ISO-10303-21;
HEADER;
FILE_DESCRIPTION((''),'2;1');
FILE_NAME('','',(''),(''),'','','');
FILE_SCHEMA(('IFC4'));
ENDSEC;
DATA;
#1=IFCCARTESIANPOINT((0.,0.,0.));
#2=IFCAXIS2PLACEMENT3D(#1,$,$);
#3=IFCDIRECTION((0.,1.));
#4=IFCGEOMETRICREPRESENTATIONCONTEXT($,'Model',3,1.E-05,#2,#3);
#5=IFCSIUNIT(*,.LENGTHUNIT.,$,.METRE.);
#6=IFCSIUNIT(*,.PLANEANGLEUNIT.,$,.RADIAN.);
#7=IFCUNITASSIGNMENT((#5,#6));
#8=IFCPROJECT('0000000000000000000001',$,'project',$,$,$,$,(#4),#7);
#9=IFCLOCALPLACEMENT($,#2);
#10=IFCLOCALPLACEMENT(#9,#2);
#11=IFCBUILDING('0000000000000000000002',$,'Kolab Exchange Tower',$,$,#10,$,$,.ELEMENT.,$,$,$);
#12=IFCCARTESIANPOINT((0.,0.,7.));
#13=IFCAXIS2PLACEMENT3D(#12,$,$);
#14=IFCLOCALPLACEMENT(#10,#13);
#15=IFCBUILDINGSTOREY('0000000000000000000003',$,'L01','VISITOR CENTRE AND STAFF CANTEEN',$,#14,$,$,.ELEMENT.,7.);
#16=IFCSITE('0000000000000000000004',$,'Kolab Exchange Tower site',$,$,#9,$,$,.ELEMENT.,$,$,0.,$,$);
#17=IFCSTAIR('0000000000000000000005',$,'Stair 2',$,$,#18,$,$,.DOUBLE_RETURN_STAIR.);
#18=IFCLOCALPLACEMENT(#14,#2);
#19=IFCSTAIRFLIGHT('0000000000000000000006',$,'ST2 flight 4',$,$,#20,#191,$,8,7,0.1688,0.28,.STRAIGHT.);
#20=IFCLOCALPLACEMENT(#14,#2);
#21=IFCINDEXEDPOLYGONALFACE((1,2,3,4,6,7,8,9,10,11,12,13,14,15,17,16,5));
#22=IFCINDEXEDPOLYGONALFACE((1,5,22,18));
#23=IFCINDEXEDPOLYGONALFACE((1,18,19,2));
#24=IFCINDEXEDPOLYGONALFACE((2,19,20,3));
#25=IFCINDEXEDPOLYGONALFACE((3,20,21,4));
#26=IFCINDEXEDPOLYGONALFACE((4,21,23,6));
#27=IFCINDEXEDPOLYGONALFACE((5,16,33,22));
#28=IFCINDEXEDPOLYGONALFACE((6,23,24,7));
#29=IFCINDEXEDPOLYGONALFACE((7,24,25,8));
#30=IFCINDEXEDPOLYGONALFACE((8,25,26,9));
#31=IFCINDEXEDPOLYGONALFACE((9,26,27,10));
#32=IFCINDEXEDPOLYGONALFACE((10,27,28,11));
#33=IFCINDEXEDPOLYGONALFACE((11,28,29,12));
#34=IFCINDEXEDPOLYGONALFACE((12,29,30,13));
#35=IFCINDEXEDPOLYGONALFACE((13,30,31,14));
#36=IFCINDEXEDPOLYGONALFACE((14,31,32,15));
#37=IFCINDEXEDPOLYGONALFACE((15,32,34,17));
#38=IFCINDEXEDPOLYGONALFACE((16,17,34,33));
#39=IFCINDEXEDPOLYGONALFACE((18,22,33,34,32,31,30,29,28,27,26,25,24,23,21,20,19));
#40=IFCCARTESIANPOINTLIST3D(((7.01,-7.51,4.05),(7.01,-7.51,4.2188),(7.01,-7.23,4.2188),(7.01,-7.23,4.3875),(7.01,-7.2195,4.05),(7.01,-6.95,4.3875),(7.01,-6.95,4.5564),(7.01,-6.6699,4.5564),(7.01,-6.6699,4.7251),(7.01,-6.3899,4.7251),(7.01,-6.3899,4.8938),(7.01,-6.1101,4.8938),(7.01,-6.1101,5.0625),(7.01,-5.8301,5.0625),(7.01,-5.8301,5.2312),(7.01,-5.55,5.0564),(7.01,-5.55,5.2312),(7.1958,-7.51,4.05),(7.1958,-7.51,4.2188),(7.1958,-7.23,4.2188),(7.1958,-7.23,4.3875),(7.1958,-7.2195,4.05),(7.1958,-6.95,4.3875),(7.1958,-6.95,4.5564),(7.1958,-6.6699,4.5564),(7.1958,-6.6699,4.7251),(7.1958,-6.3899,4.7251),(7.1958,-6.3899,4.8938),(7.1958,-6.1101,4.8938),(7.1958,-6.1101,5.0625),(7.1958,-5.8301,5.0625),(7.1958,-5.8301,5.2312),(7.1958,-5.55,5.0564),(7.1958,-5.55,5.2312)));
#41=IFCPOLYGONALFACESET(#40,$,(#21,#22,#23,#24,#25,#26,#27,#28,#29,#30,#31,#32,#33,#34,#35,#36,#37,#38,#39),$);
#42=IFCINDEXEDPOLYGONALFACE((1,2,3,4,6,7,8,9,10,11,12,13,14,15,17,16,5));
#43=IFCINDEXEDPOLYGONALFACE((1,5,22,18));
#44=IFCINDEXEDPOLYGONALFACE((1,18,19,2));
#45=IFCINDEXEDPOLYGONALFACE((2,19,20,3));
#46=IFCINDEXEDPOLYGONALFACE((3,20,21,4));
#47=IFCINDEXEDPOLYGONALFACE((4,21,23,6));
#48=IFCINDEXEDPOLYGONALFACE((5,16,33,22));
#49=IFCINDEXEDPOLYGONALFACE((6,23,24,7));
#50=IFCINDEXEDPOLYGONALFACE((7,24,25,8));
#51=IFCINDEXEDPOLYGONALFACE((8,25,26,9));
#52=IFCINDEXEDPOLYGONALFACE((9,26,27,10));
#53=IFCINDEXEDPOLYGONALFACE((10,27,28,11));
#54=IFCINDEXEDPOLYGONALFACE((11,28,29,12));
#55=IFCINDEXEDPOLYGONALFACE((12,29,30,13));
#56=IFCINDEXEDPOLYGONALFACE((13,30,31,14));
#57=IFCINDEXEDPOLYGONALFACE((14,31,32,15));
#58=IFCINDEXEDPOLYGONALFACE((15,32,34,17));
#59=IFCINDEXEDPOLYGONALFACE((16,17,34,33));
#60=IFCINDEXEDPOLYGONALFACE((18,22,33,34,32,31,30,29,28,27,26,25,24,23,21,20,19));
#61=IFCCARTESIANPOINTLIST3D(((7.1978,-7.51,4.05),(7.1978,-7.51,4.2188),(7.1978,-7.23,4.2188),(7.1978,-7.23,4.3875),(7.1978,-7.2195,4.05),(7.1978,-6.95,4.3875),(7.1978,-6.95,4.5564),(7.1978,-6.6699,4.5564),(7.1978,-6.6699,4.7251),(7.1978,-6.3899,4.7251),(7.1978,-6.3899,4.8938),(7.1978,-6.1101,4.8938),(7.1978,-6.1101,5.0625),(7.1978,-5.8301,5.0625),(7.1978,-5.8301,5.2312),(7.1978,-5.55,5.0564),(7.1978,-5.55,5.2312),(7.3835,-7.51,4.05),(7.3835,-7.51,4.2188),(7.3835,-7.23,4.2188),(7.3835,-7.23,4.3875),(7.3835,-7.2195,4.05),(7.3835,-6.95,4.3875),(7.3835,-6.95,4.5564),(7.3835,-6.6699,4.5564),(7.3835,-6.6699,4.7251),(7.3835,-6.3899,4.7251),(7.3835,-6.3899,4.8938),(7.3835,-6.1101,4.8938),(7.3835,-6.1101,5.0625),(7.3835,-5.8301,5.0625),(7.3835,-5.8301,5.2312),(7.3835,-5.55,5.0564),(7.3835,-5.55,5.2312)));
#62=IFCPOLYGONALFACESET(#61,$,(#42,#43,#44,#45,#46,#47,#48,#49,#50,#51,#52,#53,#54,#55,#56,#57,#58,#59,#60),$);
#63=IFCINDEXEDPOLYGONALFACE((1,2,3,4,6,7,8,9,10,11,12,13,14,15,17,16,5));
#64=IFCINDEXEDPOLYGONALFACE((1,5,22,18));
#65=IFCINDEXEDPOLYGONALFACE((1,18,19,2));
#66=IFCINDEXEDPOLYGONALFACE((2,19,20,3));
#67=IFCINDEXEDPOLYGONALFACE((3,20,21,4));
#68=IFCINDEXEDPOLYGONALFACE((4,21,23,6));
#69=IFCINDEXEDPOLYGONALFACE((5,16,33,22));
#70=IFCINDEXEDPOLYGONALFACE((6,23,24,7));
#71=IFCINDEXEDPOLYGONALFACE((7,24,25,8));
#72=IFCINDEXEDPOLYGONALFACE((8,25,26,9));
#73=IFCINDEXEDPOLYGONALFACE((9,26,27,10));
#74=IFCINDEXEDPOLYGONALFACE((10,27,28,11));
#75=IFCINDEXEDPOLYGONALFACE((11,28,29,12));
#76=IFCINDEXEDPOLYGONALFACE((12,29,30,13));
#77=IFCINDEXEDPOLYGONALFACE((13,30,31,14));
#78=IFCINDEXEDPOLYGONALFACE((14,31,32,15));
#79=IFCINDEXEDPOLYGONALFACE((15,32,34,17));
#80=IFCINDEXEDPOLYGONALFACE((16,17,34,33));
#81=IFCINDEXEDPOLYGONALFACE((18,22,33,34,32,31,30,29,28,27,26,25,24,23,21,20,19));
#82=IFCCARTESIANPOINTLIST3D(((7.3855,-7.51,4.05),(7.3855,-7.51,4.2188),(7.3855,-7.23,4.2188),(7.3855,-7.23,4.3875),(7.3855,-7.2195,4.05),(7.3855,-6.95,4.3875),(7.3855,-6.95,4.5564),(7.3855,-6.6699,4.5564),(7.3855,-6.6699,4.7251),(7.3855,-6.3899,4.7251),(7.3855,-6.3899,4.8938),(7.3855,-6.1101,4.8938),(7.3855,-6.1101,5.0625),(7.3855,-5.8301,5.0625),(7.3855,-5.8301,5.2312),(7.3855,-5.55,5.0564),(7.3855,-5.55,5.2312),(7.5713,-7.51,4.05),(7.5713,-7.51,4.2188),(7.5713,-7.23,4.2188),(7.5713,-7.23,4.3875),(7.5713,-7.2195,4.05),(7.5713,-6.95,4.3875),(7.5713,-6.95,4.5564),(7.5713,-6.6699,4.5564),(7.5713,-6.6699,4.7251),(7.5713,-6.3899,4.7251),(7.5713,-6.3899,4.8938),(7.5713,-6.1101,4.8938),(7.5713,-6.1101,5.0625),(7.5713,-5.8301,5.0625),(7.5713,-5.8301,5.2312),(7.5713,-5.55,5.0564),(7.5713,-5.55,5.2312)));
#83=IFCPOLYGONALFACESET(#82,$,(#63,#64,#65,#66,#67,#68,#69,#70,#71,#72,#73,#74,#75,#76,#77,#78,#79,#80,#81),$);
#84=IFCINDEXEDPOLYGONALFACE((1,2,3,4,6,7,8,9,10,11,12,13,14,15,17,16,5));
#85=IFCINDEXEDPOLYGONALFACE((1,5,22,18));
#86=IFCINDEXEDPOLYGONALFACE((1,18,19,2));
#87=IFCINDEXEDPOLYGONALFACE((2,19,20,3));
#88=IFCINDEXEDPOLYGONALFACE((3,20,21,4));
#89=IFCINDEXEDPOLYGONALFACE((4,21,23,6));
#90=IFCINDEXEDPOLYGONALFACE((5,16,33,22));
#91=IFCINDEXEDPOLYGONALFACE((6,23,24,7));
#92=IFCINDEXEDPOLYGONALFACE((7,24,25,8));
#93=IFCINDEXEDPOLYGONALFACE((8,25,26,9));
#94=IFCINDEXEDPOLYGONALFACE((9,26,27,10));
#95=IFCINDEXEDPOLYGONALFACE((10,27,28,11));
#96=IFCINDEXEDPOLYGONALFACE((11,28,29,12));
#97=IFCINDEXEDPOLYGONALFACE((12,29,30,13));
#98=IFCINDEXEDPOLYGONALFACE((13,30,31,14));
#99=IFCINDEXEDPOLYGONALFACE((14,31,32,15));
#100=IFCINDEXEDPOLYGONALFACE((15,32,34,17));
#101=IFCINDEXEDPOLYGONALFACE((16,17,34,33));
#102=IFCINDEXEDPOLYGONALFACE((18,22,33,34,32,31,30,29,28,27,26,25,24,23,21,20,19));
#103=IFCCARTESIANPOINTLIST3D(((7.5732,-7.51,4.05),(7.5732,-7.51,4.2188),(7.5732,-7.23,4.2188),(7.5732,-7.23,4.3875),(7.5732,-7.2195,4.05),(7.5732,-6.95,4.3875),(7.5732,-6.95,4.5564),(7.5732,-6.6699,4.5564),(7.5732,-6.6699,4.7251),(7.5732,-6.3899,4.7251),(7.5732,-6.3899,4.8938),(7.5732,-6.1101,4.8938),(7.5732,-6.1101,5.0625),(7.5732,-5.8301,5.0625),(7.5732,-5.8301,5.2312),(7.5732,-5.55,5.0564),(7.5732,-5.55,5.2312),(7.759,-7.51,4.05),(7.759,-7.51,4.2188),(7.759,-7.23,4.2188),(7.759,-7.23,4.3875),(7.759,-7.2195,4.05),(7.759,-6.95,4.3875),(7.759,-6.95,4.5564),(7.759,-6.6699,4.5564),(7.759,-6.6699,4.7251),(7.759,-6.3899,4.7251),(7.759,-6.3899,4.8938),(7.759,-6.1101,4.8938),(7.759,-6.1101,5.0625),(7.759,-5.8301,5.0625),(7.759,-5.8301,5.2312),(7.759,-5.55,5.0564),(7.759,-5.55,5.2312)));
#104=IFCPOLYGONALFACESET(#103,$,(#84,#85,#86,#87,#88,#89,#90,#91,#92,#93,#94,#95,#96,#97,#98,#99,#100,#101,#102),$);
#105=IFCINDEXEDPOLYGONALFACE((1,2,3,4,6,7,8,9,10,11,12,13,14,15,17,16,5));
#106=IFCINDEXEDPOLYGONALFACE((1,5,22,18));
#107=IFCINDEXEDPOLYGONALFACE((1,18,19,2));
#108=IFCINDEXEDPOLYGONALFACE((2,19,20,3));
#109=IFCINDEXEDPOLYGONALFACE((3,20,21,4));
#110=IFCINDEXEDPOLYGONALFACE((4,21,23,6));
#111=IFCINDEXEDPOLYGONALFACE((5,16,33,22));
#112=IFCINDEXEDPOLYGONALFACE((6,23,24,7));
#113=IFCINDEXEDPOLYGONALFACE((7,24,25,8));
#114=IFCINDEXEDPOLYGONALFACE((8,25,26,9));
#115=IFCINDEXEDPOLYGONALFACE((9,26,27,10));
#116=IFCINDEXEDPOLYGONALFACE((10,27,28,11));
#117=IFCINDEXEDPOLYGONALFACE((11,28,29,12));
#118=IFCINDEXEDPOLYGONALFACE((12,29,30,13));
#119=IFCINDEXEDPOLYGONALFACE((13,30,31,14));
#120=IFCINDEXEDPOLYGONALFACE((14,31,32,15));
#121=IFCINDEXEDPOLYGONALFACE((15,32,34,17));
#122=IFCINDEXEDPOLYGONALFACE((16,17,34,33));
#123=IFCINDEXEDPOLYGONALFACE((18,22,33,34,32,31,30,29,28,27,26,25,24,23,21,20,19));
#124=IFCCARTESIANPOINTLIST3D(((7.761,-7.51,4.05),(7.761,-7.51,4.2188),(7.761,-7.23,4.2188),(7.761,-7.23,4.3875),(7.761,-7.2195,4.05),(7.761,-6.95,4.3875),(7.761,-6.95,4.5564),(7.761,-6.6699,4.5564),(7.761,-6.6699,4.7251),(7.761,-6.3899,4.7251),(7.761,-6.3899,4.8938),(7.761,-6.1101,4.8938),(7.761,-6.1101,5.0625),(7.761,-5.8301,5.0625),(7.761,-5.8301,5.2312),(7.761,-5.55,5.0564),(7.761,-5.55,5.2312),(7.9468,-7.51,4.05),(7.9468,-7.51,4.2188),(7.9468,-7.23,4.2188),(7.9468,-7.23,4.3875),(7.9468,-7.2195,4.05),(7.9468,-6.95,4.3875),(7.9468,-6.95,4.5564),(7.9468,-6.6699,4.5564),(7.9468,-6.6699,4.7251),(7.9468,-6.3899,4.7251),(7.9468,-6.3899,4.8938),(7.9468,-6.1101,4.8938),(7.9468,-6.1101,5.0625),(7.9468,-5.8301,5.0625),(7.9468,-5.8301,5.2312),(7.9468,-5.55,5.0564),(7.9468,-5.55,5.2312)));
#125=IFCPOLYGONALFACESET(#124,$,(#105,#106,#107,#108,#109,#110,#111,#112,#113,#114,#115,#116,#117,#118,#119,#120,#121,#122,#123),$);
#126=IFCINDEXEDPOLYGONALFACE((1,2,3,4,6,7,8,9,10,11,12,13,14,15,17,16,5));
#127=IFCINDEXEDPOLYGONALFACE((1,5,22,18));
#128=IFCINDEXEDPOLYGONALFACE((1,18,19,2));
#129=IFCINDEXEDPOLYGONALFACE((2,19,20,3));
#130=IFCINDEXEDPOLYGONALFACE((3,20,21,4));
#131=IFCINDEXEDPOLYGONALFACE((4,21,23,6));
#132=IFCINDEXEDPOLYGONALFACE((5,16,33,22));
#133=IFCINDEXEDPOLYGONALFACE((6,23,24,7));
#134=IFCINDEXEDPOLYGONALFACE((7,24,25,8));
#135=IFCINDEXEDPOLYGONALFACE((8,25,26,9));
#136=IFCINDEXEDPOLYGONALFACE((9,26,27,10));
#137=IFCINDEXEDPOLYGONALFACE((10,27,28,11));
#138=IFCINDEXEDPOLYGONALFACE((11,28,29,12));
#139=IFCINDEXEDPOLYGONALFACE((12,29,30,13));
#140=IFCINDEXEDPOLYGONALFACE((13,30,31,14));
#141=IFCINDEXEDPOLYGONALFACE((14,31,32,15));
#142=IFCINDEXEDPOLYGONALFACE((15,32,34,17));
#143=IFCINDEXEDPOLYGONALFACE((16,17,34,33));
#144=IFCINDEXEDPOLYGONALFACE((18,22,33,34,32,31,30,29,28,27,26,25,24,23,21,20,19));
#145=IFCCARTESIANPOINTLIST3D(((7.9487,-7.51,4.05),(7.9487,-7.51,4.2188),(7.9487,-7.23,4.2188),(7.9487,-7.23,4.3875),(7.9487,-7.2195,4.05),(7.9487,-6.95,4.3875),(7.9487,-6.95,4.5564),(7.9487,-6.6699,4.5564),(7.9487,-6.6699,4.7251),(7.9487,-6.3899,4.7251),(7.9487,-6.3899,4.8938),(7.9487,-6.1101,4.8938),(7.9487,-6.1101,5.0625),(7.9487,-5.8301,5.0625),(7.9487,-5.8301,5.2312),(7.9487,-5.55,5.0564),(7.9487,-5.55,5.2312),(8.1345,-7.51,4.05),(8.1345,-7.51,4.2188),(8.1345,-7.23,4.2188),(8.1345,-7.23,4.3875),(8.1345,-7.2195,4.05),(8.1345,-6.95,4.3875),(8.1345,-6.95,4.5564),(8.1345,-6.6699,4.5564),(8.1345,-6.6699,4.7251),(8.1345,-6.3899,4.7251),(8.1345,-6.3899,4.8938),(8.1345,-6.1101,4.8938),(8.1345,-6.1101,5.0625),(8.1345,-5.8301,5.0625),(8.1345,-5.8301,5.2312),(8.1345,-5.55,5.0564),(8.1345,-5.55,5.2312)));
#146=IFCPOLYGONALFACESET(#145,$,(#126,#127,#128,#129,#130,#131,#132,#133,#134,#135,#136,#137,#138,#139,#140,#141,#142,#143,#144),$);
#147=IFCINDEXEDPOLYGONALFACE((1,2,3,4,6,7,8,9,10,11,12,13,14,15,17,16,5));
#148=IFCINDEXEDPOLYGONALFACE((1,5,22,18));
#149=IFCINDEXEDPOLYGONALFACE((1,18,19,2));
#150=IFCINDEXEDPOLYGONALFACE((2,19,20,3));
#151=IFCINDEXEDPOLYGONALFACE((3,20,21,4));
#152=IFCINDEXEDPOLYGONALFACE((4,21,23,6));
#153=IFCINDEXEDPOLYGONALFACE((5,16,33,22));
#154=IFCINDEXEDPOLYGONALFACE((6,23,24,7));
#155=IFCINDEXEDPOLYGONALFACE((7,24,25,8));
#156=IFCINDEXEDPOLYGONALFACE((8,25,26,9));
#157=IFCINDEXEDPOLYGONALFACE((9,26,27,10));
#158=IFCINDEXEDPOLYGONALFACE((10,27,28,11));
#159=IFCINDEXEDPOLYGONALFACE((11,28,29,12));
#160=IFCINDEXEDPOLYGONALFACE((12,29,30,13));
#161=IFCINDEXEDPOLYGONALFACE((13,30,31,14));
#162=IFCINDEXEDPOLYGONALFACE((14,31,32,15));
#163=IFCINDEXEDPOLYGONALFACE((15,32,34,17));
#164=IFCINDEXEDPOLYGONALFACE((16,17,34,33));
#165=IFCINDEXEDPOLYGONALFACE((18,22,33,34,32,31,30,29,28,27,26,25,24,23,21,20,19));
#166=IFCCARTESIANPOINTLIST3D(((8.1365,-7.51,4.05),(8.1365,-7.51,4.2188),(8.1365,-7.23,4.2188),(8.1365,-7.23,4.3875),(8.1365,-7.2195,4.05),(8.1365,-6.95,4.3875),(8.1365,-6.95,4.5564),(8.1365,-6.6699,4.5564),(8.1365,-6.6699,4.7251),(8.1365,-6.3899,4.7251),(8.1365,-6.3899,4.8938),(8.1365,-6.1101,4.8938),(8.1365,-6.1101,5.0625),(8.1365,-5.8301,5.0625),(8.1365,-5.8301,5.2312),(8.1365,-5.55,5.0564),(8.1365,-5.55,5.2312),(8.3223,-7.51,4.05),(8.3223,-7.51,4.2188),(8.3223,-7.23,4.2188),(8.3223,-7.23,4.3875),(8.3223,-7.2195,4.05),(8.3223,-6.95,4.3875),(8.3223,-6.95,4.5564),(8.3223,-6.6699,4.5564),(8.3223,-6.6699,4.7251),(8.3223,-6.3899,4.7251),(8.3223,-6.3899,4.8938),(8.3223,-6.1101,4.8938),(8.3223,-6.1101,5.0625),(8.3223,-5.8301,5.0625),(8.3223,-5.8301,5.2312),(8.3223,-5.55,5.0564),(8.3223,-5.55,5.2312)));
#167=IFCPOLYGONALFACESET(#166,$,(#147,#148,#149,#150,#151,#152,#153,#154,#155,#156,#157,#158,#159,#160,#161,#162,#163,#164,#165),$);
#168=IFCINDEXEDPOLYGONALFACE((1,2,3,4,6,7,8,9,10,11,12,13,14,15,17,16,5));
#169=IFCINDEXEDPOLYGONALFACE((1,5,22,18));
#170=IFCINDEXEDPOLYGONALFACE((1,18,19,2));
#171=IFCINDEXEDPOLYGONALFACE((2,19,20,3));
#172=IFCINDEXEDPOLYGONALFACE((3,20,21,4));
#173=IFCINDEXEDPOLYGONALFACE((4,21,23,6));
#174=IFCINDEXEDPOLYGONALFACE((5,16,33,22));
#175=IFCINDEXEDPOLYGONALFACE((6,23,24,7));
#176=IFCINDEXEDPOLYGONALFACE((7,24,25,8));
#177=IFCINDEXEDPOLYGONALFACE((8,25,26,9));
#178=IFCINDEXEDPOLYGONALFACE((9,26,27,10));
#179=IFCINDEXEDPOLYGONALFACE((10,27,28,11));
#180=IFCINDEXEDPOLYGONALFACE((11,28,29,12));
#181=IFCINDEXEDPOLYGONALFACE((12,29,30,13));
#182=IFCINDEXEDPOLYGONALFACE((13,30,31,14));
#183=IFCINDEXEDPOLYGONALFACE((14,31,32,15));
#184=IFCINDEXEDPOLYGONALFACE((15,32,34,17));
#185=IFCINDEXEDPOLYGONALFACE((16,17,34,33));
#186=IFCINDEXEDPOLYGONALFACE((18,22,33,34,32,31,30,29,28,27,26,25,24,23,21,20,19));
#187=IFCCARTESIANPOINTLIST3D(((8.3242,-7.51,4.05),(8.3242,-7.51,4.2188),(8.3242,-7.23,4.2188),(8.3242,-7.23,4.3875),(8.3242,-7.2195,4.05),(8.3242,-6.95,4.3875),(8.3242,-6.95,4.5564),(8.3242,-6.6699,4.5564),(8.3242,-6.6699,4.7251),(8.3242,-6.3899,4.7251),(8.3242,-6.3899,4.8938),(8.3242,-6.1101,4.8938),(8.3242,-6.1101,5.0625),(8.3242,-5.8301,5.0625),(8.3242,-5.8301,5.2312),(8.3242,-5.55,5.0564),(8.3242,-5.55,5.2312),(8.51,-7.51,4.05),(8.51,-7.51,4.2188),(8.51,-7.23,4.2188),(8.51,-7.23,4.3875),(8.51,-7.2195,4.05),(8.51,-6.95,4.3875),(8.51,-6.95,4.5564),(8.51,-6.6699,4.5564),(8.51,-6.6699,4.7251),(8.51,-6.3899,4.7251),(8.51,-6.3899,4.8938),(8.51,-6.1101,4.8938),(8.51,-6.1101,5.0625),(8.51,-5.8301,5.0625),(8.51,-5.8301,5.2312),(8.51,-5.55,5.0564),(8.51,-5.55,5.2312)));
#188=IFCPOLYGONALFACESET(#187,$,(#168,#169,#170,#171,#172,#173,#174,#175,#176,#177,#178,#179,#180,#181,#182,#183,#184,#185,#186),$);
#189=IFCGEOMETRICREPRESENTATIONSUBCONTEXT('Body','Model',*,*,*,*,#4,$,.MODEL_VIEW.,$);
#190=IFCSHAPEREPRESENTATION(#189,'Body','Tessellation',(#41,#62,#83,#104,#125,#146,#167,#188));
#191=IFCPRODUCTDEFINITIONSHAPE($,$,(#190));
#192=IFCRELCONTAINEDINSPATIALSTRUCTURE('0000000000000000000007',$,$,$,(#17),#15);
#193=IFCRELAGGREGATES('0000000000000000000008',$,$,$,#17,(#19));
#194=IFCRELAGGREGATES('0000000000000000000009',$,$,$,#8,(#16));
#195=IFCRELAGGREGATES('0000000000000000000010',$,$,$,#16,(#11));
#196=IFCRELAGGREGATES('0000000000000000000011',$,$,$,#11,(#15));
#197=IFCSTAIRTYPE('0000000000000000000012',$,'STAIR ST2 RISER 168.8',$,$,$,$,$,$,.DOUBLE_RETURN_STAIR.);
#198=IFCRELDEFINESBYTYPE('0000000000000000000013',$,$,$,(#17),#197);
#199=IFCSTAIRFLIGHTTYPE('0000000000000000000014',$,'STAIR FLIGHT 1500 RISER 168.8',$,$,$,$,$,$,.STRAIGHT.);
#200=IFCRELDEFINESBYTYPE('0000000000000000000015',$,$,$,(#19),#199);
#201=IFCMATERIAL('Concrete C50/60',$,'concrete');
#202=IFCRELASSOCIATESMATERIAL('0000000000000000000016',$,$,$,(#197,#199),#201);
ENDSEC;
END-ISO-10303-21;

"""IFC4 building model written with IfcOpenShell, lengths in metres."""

from ifc_helpers import new_model, si_unit, direction, frame, origin, place, context, subcontext, project, spatial, polyline, outline, extrude, material, type_object, element, aggregate, save


model = new_model("IFC4")

# Units and contexts
model_context = context("Model", 3, precision=1e-05, world=origin(), true_north=direction((0.0, 1.0)))
body_context = subcontext(model_context, "Body", "Model", "MODEL_VIEW")
ifc_project = project(units=[si_unit("LENGTHUNIT", "METRE"), si_unit("PLANEANGLEUNIT", "RADIAN")], contexts=[model_context])

# Site, building, storey
site_placement = place(None, origin())
site = spatial("IfcSite", under=ifc_project, at=site_placement, Name="Kolab Exchange Tower site", CompositionType="ELEMENT", RefElevation=0.0)
building_placement = place(site_placement, origin())
building = spatial("IfcBuilding", under=site, at=building_placement, Name="Kolab Exchange Tower", CompositionType="ELEMENT")
storey_placement = place(building_placement, frame((0.0, 0.0, 7.0)))
storey = spatial("IfcBuildingStorey", under=building, at=storey_placement, Name="L01", Description="VISITOR CENTRE AND STAFF CANTEEN", CompositionType="ELEMENT", Elevation=7.0)

# Shared definitions
ifc_material_1 = material(Name="Concrete C50/60", Category="concrete")

# Stair, stair flight
stair_type = type_object("IfcStairType", Name="STAIR ST2 RISER 168.8", PredefinedType="DOUBLE_RETURN_STAIR", material=ifc_material_1)
stair_placement = place(storey_placement, origin())
stair = element("IfcStair", 1, at=stair_placement, inside=storey, type_object=stair_type, Name="Stair 2", PredefinedType="DOUBLE_RETURN_STAIR")
stair_flight_type = type_object("IfcStairFlightType", Name="STAIR FLIGHT 1500 RISER 168.8", PredefinedType="STRAIGHT", material=ifc_material_1)
stair_flight_1_placement = place(storey_placement, frame((7.76, -7.51, 4.05), z_axis=(0.0, 0.0, 1.0), x_axis=(0.0, 1.0, 0.0)))
stair_flight_1 = element("IfcStairFlight", 2, at=stair_flight_1_placement, type_object=stair_flight_type, Name="ST2 flight 4", NumberOfRisers=8, NumberOfTreads=7, PredefinedType="STRAIGHT", RiserHeight=0.1688, TreadLength=0.28, context=body_context, shape_type="SweptSolid", body=[
    extrude(outline(polyline([(0.0, 0.0), (0.0, 0.1687), (0.28, 0.1687), (0.28, 0.3374), (0.5601, 0.3374), (0.5601, 0.5063), (0.8401, 0.5063), (0.8401, 0.675), (1.1201, 0.675), (1.1201, 0.8438), (1.3999, 0.8438), (1.3999, 1.0125), (1.6799, 1.0125), (1.6799, 1.1812), (1.96, 1.1812), (1.96, 1.3501), (1.96, 1.0063), (0.2905, 0.0), (0.0, 0.0)])), frame((0.0, 0.75, 0.0), z_axis=(0.0, -1.0, 0.0), x_axis=(1.0, 0.0, 0.0)), (0.0, 0.0, 1.0), 0.1858),
    extrude(outline(polyline([(0.0, 0.0), (0.0, 0.1687), (0.28, 0.1687), (0.28, 0.3374), (0.5601, 0.3374), (0.5601, 0.5063), (0.8401, 0.5063), (0.8401, 0.675), (1.1201, 0.675), (1.1201, 0.8438), (1.3999, 0.8438), (1.3999, 1.0125), (1.6799, 1.0125), (1.6799, 1.1812), (1.96, 1.1812), (1.96, 1.3501), (1.96, 1.0063), (0.2905, 0.0), (0.0, 0.0)])), frame((0.0, 0.5623, 0.0), z_axis=(0.0, -1.0, 0.0), x_axis=(1.0, 0.0, 0.0)), (0.0, 0.0, 1.0), 0.1858),
    extrude(outline(polyline([(0.0, 0.0), (0.0, 0.1687), (0.28, 0.1687), (0.28, 0.3374), (0.5601, 0.3374), (0.5601, 0.5063), (0.8401, 0.5063), (0.8401, 0.675), (1.1201, 0.675), (1.1201, 0.8438), (1.3999, 0.8438), (1.3999, 1.0125), (1.6799, 1.0125), (1.6799, 1.1812), (1.96, 1.1812), (1.96, 1.3501), (1.96, 1.0063), (0.2905, 0.0), (0.0, 0.0)])), frame((0.0, 0.3745, 0.0), z_axis=(0.0, -1.0, 0.0), x_axis=(1.0, 0.0, 0.0)), (0.0, 0.0, 1.0), 0.1858),
    extrude(outline(polyline([(0.0, 0.0), (0.0, 0.1687), (0.28, 0.1687), (0.28, 0.3374), (0.5601, 0.3374), (0.5601, 0.5063), (0.8401, 0.5063), (0.8401, 0.675), (1.1201, 0.675), (1.1201, 0.8438), (1.3999, 0.8438), (1.3999, 1.0125), (1.6799, 1.0125), (1.6799, 1.1812), (1.96, 1.1812), (1.96, 1.3501), (1.96, 1.0063), (0.2905, 0.0), (0.0, 0.0)])), frame((0.0, 0.1868, 0.0), z_axis=(0.0, -1.0, 0.0), x_axis=(1.0, 0.0, 0.0)), (0.0, 0.0, 1.0), 0.1858),
    extrude(outline(polyline([(0.0, 0.0), (0.0, 0.1687), (0.28, 0.1687), (0.28, 0.3374), (0.5601, 0.3374), (0.5601, 0.5063), (0.8401, 0.5063), (0.8401, 0.675), (1.1201, 0.675), (1.1201, 0.8438), (1.3999, 0.8438), (1.3999, 1.0125), (1.6799, 1.0125), (1.6799, 1.1812), (1.96, 1.1812), (1.96, 1.3501), (1.96, 1.0063), (0.2905, 0.0), (0.0, 0.0)])), frame((0.0, -0.001, 0.0), z_axis=(0.0, -1.0, 0.0), x_axis=(1.0, 0.0, 0.0)), (0.0, 0.0, 1.0), 0.1858),
    extrude(outline(polyline([(0.0, 0.0), (0.0, 0.1687), (0.28, 0.1687), (0.28, 0.3374), (0.5601, 0.3374), (0.5601, 0.5063), (0.8401, 0.5063), (0.8401, 0.675), (1.1201, 0.675), (1.1201, 0.8438), (1.3999, 0.8438), (1.3999, 1.0125), (1.6799, 1.0125), (1.6799, 1.1812), (1.96, 1.1812), (1.96, 1.3501), (1.96, 1.0063), (0.2905, 0.0), (0.0, 0.0)])), frame((0.0, -0.1887, 0.0), z_axis=(0.0, -1.0, 0.0), x_axis=(1.0, 0.0, 0.0)), (0.0, 0.0, 1.0), 0.1858),
    extrude(outline(polyline([(0.0, 0.0), (0.0, 0.1687), (0.28, 0.1687), (0.28, 0.3374), (0.5601, 0.3374), (0.5601, 0.5063), (0.8401, 0.5063), (0.8401, 0.675), (1.1201, 0.675), (1.1201, 0.8438), (1.3999, 0.8438), (1.3999, 1.0125), (1.6799, 1.0125), (1.6799, 1.1812), (1.96, 1.1812), (1.96, 1.3501), (1.96, 1.0063), (0.2905, 0.0), (0.0, 0.0)])), frame((0.0, -0.3765, 0.0), z_axis=(0.0, -1.0, 0.0), x_axis=(1.0, 0.0, 0.0)), (0.0, 0.0, 1.0), 0.1858),
    extrude(outline(polyline([(0.0, 0.0), (0.0, 0.1687), (0.28, 0.1687), (0.28, 0.3374), (0.5601, 0.3374), (0.5601, 0.5063), (0.8401, 0.5063), (0.8401, 0.675), (1.1201, 0.675), (1.1201, 0.8438), (1.3999, 0.8438), (1.3999, 1.0125), (1.6799, 1.0125), (1.6799, 1.1812), (1.96, 1.1812), (1.96, 1.3501), (1.96, 1.0063), (0.2905, 0.0), (0.0, 0.0)])), frame((0.0, -0.5642, 0.0), z_axis=(0.0, -1.0, 0.0), x_axis=(1.0, 0.0, 0.0)), (0.0, 0.0, 1.0), 0.1858),
])
aggregate(stair, [stair_flight_1])

save(model, "model.ifc")
